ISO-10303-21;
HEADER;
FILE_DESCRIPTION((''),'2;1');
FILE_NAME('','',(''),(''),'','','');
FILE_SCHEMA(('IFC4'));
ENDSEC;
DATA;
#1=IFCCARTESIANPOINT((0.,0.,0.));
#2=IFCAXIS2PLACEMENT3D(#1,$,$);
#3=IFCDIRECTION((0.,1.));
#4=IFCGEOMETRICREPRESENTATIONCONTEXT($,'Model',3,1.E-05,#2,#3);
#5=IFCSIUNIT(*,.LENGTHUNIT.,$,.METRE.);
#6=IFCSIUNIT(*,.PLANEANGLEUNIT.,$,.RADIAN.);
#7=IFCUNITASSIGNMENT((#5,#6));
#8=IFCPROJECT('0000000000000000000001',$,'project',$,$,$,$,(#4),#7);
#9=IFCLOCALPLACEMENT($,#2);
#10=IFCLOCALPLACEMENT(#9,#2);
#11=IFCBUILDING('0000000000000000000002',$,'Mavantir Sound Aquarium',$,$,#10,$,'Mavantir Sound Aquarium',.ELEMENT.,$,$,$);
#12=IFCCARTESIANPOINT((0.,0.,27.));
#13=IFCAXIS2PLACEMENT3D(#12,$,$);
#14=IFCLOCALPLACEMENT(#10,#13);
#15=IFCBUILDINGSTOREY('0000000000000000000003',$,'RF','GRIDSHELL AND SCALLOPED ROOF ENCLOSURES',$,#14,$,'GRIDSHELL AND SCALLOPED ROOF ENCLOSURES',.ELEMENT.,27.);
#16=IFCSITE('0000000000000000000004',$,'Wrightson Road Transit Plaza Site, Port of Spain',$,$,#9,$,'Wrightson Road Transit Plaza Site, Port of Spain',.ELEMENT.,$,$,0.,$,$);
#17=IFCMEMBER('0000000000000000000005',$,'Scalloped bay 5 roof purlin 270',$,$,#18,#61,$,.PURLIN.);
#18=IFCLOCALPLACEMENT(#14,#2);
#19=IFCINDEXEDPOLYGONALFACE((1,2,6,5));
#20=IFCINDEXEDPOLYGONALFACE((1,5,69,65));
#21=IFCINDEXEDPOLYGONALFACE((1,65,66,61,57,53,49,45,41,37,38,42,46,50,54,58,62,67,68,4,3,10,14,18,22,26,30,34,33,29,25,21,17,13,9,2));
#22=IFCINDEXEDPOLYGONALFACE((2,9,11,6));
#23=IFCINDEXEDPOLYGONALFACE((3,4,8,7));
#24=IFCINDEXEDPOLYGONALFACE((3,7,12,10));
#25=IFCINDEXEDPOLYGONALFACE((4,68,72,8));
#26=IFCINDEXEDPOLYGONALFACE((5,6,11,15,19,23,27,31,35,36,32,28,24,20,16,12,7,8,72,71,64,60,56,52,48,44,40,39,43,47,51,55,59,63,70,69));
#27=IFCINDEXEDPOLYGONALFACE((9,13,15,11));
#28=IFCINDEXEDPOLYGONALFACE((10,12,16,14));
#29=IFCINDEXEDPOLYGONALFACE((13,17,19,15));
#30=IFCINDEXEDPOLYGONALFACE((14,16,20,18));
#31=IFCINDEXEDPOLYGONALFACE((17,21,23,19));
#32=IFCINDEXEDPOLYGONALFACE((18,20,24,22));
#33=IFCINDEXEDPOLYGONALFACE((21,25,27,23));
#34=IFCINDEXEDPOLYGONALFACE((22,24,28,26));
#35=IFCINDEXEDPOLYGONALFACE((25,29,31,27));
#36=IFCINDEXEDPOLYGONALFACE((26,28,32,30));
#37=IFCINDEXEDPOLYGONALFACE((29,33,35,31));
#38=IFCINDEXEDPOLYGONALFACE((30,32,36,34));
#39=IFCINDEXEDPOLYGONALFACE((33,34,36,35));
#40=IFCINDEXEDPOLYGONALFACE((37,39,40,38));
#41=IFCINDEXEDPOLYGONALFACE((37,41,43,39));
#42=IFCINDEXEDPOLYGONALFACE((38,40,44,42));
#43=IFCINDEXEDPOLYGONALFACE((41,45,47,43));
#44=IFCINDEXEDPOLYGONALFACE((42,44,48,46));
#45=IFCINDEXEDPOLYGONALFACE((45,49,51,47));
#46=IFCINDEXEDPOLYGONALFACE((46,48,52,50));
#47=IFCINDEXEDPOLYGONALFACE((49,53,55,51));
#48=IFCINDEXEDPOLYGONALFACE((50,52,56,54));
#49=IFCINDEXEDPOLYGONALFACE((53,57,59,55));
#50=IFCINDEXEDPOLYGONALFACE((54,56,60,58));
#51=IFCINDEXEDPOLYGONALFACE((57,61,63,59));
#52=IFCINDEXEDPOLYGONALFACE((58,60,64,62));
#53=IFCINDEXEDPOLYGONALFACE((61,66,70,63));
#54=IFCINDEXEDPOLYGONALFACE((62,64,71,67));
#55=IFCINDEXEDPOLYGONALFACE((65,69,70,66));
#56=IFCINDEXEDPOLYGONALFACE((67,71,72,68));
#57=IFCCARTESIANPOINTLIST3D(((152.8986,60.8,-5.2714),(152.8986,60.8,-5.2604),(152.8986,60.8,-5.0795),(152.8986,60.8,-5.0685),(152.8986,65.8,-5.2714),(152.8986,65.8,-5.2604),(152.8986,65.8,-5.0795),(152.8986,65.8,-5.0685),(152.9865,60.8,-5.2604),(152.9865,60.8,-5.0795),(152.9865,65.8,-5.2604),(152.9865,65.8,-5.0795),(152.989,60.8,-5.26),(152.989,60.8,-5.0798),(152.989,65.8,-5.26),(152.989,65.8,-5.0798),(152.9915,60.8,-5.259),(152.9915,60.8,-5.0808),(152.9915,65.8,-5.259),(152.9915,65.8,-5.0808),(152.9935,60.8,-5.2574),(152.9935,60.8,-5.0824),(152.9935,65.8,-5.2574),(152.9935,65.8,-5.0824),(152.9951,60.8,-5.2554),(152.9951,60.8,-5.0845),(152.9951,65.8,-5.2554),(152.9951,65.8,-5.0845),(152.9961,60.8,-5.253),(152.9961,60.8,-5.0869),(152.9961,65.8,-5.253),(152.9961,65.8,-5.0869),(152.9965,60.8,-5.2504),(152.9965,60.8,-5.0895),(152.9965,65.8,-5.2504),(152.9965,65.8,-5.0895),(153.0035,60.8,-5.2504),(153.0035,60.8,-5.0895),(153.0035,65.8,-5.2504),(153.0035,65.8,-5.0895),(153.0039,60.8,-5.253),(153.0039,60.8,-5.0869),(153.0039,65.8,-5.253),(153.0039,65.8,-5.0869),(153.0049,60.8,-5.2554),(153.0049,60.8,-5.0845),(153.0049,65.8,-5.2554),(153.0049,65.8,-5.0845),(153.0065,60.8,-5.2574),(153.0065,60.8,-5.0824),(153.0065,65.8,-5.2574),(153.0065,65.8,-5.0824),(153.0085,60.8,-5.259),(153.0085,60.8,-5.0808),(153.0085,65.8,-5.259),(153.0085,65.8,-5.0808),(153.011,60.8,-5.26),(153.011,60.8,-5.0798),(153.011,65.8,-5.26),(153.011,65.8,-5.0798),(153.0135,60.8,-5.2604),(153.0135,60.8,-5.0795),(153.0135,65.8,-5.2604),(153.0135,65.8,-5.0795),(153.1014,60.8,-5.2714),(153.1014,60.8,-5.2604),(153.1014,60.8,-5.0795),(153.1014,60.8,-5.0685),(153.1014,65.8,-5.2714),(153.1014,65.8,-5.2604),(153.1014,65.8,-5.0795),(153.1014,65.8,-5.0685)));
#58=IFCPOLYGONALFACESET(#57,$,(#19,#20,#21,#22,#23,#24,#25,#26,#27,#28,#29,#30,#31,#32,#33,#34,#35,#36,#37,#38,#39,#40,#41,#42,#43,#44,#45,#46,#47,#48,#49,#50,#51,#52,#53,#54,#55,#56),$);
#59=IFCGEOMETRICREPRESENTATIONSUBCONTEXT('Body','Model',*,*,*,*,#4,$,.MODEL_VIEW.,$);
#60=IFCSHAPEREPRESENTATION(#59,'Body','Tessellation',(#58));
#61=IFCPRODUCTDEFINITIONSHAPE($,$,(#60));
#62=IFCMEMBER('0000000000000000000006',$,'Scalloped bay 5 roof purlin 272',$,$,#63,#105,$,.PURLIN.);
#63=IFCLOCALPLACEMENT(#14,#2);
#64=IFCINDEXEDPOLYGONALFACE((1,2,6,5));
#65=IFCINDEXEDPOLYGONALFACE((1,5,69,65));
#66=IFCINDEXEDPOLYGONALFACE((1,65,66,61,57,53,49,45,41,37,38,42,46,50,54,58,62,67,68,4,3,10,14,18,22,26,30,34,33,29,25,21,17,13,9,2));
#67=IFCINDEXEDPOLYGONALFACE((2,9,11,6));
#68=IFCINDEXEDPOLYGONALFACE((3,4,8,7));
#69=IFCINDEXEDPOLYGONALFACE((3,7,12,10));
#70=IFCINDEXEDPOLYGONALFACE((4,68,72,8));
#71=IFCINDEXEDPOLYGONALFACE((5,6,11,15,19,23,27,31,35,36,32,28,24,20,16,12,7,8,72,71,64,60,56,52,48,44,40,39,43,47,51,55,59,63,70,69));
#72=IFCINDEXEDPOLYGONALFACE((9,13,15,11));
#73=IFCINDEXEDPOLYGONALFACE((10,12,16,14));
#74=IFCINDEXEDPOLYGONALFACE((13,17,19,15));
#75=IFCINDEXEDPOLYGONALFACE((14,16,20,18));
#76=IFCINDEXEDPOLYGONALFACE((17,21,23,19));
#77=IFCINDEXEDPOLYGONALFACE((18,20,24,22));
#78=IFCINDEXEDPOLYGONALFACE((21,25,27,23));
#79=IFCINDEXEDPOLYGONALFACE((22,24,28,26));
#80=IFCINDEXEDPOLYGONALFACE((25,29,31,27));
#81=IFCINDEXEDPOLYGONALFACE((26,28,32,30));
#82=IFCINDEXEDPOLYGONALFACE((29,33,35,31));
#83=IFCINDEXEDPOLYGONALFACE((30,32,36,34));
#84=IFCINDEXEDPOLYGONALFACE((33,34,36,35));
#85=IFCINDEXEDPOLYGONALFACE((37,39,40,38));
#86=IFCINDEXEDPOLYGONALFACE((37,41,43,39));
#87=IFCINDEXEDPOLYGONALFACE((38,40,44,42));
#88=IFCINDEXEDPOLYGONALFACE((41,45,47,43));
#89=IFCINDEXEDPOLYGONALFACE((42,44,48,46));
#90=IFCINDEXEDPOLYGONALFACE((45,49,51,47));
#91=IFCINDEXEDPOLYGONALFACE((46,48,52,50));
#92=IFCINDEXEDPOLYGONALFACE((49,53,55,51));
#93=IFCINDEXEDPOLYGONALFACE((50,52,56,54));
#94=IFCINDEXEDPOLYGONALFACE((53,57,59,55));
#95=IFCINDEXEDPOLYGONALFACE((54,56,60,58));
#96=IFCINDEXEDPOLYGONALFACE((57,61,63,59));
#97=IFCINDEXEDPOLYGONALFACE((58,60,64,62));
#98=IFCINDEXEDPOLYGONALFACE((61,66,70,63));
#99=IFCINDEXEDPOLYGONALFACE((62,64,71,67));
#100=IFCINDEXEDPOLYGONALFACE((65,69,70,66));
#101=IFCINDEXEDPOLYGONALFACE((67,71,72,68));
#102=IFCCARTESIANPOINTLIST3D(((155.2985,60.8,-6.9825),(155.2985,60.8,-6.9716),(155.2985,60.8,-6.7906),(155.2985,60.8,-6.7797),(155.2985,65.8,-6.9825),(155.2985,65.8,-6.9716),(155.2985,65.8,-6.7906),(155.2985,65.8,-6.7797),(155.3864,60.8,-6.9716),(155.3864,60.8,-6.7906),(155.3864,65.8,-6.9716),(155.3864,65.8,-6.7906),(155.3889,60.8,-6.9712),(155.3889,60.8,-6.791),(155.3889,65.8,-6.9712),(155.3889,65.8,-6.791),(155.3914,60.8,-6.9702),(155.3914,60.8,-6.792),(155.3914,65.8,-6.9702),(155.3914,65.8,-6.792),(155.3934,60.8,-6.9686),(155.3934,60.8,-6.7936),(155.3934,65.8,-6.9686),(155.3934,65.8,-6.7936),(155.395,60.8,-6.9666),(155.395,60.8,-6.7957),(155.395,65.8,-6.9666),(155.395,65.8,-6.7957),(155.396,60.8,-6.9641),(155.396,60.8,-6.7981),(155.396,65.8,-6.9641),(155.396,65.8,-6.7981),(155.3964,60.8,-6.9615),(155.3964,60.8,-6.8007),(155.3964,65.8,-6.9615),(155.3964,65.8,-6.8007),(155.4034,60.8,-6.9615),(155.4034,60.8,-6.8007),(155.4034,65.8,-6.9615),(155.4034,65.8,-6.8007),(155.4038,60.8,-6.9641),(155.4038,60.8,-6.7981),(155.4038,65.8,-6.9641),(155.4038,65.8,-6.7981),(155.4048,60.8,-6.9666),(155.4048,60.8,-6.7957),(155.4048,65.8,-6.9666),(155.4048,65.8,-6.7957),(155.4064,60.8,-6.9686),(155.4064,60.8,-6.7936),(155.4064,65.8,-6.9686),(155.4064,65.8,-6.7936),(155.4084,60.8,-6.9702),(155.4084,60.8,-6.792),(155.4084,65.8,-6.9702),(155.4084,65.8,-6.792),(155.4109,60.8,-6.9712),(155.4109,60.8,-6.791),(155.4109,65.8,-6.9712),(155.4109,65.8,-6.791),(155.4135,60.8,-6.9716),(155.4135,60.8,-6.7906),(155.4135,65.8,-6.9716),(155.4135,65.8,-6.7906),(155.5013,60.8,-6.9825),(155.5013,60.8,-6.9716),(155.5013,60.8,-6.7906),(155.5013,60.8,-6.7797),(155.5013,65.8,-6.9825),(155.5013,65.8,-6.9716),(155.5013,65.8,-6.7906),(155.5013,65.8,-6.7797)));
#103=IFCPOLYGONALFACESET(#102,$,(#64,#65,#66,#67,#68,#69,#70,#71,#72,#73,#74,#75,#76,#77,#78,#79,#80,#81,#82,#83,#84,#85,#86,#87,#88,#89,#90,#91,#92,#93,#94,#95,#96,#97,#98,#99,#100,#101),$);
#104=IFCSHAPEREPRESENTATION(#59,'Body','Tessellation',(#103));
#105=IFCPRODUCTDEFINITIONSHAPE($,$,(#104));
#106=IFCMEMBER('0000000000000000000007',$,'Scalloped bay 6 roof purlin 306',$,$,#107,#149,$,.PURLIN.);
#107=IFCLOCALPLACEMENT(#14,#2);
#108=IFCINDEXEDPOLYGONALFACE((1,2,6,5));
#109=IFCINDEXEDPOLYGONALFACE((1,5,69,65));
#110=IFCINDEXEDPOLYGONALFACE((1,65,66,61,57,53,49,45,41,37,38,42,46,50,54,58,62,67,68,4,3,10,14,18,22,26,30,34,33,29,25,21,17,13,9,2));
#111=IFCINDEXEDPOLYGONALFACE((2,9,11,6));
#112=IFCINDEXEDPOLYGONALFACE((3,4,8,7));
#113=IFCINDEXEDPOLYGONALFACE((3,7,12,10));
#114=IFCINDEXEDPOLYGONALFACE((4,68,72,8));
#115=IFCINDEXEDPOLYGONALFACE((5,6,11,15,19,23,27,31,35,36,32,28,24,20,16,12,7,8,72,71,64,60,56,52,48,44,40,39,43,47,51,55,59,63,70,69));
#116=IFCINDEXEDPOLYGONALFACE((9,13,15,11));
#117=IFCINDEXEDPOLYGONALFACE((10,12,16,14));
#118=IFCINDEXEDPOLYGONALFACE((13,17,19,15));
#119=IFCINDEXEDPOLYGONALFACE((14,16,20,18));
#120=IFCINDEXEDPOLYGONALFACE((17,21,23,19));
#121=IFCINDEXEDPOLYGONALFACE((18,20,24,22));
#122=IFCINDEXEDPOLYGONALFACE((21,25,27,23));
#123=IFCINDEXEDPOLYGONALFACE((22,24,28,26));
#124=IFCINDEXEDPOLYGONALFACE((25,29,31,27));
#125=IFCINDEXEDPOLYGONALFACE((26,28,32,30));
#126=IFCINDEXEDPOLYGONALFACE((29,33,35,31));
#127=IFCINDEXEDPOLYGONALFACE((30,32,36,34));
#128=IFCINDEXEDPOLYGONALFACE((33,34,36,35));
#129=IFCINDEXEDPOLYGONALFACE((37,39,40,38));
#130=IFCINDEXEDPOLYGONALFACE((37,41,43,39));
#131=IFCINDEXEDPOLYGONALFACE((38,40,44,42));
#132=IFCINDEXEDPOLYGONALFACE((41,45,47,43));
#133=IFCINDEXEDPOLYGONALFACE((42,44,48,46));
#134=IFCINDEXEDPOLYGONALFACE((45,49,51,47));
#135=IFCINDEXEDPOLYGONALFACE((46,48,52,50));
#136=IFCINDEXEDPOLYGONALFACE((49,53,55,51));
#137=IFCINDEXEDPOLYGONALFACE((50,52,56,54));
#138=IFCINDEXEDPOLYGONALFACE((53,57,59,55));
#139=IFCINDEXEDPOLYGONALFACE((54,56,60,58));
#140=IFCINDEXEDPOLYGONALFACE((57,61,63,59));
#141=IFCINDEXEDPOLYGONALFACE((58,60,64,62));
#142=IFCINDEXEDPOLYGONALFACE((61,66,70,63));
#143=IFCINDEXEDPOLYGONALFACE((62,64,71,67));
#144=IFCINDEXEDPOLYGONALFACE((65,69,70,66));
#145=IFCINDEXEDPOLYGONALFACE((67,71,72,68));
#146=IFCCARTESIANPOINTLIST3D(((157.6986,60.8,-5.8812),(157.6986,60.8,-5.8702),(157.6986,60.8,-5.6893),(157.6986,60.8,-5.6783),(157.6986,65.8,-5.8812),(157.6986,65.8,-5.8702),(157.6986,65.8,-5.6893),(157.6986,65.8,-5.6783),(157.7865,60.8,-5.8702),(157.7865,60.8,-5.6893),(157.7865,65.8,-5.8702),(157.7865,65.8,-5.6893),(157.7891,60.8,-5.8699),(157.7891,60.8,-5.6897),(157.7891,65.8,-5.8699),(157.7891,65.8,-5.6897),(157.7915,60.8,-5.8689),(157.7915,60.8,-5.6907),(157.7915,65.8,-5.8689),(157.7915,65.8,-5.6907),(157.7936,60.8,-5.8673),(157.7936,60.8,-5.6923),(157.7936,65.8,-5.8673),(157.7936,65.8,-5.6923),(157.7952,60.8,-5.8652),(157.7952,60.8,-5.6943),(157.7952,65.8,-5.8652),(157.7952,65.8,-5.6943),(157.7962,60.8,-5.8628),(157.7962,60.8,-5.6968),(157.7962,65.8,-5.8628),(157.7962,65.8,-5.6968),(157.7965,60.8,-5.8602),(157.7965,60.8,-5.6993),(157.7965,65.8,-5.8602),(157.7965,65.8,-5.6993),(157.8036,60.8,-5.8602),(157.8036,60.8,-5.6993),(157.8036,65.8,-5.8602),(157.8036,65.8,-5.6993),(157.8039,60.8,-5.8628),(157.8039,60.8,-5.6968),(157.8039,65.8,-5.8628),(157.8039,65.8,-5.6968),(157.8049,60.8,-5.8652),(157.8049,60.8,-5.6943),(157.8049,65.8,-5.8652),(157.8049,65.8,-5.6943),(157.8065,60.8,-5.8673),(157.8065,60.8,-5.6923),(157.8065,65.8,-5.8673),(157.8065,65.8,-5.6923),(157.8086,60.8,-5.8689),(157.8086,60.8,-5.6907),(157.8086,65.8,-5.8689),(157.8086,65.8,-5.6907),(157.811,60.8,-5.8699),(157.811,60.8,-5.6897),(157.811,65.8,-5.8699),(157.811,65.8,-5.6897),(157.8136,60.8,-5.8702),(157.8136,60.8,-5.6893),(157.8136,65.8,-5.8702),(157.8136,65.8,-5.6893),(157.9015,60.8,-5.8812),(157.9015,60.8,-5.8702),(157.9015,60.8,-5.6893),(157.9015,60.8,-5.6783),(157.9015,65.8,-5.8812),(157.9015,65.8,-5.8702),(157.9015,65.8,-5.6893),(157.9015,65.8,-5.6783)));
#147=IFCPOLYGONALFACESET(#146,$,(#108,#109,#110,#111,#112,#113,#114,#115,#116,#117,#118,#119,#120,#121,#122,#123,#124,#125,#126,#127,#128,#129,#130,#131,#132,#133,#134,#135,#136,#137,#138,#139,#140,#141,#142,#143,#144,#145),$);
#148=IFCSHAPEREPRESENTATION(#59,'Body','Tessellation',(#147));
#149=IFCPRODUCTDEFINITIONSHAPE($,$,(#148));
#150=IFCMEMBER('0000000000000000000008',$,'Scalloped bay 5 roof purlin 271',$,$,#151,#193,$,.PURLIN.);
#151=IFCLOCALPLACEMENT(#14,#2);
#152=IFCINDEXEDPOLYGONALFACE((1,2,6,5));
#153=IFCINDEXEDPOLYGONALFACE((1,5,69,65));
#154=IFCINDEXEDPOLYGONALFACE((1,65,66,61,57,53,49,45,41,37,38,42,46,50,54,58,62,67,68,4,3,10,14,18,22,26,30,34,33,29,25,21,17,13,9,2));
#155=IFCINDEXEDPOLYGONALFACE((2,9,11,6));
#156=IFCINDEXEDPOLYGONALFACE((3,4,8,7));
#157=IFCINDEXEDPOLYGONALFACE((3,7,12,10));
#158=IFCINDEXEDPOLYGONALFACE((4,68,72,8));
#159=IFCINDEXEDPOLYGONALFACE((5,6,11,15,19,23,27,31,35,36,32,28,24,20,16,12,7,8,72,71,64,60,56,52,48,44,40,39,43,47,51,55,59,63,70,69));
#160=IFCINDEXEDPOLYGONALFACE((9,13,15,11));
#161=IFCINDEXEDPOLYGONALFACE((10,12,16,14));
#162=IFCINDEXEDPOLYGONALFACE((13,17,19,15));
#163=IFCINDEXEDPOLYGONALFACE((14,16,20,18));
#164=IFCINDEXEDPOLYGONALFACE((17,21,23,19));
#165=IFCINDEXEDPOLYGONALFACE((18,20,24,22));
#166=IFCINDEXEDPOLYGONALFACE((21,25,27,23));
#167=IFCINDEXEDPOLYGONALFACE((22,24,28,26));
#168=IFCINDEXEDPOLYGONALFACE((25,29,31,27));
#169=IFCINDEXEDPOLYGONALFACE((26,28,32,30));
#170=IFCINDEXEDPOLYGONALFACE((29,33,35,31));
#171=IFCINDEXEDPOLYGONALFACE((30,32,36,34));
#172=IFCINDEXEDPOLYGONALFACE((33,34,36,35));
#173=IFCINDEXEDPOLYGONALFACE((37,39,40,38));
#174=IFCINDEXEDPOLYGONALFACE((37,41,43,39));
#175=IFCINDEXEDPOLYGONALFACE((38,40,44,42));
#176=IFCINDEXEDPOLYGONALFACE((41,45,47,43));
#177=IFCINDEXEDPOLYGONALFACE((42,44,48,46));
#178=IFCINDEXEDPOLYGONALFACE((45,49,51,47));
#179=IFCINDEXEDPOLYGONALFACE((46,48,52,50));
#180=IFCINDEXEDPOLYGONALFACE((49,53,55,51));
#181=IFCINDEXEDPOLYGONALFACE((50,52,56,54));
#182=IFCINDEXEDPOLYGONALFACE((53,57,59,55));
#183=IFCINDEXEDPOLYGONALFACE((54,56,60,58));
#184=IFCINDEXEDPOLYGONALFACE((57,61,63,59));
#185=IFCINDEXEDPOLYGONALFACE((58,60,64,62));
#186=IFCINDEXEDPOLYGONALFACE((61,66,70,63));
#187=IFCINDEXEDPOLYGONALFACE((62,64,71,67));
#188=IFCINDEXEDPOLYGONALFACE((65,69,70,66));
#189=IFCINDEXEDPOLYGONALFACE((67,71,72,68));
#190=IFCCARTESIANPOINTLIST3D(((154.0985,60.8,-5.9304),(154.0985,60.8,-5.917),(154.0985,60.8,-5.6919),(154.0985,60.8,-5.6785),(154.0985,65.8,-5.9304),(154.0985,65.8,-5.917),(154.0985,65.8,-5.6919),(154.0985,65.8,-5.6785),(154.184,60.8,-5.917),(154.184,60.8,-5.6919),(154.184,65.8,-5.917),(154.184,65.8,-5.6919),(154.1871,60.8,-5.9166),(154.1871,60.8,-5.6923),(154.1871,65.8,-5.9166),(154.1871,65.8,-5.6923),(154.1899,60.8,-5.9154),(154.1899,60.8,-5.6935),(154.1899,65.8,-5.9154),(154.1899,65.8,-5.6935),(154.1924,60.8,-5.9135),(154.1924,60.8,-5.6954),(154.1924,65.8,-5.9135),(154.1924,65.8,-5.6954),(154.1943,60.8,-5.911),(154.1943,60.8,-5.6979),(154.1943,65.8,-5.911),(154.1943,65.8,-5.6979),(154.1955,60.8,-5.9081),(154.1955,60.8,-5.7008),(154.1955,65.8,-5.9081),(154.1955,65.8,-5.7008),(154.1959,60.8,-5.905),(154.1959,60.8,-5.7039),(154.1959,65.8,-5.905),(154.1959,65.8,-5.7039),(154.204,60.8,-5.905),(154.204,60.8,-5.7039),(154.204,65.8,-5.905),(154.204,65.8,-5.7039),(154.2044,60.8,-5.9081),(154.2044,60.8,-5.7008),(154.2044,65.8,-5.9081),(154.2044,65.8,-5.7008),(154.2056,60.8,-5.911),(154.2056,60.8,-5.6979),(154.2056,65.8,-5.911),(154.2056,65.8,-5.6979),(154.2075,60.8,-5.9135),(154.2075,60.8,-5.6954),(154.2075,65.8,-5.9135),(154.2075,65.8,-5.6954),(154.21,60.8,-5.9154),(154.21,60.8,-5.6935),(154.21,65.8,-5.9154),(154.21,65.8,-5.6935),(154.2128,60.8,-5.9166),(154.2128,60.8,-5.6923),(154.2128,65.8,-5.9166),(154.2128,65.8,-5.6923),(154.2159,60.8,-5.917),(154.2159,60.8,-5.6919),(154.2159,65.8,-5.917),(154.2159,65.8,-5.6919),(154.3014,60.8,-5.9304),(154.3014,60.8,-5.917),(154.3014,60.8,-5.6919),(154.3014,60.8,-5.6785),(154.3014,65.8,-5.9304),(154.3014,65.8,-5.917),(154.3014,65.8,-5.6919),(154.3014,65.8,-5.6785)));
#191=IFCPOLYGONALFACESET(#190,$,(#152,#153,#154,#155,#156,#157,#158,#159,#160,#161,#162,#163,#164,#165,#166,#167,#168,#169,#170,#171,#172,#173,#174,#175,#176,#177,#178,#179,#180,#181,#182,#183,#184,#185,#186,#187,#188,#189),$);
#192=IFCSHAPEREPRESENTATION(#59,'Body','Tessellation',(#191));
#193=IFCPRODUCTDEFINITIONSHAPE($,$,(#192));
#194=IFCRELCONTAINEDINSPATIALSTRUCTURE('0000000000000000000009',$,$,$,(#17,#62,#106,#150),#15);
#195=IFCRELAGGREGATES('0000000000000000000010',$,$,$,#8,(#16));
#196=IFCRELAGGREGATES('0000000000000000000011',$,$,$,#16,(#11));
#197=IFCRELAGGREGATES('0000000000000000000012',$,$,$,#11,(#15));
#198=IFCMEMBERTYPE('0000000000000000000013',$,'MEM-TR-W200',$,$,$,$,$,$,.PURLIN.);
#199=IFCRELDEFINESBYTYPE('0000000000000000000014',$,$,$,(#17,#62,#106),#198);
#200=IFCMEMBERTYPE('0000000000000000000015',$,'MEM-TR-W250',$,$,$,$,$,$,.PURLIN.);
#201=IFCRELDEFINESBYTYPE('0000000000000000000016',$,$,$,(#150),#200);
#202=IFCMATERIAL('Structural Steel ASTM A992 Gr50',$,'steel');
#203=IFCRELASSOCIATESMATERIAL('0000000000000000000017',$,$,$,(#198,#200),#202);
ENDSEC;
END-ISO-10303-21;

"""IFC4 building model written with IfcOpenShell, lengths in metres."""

from ifc_helpers import new_model, si_unit, direction, frame, origin, origin_2d, place, context, subcontext, project, spatial, i_section, extrude, material, material_profile, profile_set, type_object, element, save


model = new_model("IFC4")

# Units and contexts
model_context = context("Model", 3, precision=1e-05, world=origin(), true_north=direction((0.0, 1.0)))
body_context = subcontext(model_context, "Body", "Model", "MODEL_VIEW")
ifc_project = project(units=[si_unit("LENGTHUNIT", "METRE"), si_unit("PLANEANGLEUNIT", "RADIAN")], contexts=[model_context])

# Site, building, storey
site_placement = place(None, origin())
site = spatial("IfcSite", under=ifc_project, at=site_placement, Name="Wrightson Road Transit Plaza Site, Port of Spain", LongName="Wrightson Road Transit Plaza Site, Port of Spain", CompositionType="ELEMENT", RefElevation=0.0)
building_placement = place(site_placement, origin())
building = spatial("IfcBuilding", under=site, at=building_placement, Name="Mavantir Sound Aquarium", LongName="Mavantir Sound Aquarium", CompositionType="ELEMENT")
storey_placement = place(building_placement, frame((0.0, 0.0, 27.0)))
storey = spatial("IfcBuildingStorey", under=building, at=storey_placement, Name="RF", Description="GRIDSHELL AND SCALLOPED ROOF ENCLOSURES", LongName="GRIDSHELL AND SCALLOPED ROOF ENCLOSURES", CompositionType="ELEMENT", Elevation=27.0)

# Shared definitions
ifc_material_1 = material(Name="Structural Steel ASTM A992 Gr50", Category="steel")

# Members
ifc_material_profile_1 = material_profile(ifc_material_1, i_section(OverallWidth=0.2029, OverallDepth=0.2029, WebThickness=0.0071, FlangeThickness=0.011, FilletRadius=0.01, at=origin_2d()), Name="W200X46")
ifc_profile_set_1 = profile_set([ifc_material_profile_1], Name="Structural Steel ASTM A992 Gr50")
member_type_1 = type_object("IfcMemberType", Name="MEM-TR-W200", PredefinedType="PURLIN", material=ifc_profile_set_1)
for number, where, z_axis, x_axis, name in (
    (1, (153.0, 60.8, -5.1699), (0.0, 1.0, 0.0), (-1.0, 0.0, 0.0), "Scalloped bay 5 roof purlin 270"),
    (2, (155.3999, 60.8, -6.8811), (0.0, 1.0, 0.0), (-1.0, 0.0, 0.0), "Scalloped bay 5 roof purlin 272"),
    (3, (157.8, 60.8, -5.7798), (0.0, 1.0, 0.0), (-1.0, 0.0, 0.0), "Scalloped bay 6 roof purlin 306"),
):
    element("IfcMember", number, at=place(storey_placement, frame(where, z_axis=z_axis, x_axis=x_axis)), inside=storey, type_object=member_type_1, Name=name, PredefinedType="PURLIN", context=body_context, shape_type="SweptSolid", body=[
        extrude(i_section(OverallWidth=0.2029, OverallDepth=0.2029, WebThickness=0.0071, FlangeThickness=0.011, FilletRadius=0.01, at=origin_2d()), origin(), (0.0, 0.0, 1.0), 5.0),
    ])
ifc_material_profile_2 = material_profile(ifc_material_1, i_section(OverallWidth=0.2029, OverallDepth=0.252, WebThickness=0.0081, FlangeThickness=0.0134, FilletRadius=0.012, at=origin_2d()), Name="W250X58")
ifc_profile_set_2 = profile_set([ifc_material_profile_2], Name="Structural Steel ASTM A992 Gr50")
member_type_2 = type_object("IfcMemberType", Name="MEM-TR-W250", PredefinedType="PURLIN", material=ifc_profile_set_2)
for number, where, z_axis, x_axis, name in (
    (4, (154.2, 60.8, -5.8044), (0.0, 1.0, 0.0), (-1.0, 0.0, 0.0), "Scalloped bay 5 roof purlin 271"),
):
    element("IfcMember", number, at=place(storey_placement, frame(where, z_axis=z_axis, x_axis=x_axis)), inside=storey, type_object=member_type_2, Name=name, PredefinedType="PURLIN", context=body_context, shape_type="SweptSolid", body=[
        extrude(i_section(OverallWidth=0.2029, OverallDepth=0.252, WebThickness=0.0081, FlangeThickness=0.0134, FilletRadius=0.012, at=origin_2d()), origin(), (0.0, 0.0, 1.0), 5.0),
    ])

save(model, "model.ifc")
